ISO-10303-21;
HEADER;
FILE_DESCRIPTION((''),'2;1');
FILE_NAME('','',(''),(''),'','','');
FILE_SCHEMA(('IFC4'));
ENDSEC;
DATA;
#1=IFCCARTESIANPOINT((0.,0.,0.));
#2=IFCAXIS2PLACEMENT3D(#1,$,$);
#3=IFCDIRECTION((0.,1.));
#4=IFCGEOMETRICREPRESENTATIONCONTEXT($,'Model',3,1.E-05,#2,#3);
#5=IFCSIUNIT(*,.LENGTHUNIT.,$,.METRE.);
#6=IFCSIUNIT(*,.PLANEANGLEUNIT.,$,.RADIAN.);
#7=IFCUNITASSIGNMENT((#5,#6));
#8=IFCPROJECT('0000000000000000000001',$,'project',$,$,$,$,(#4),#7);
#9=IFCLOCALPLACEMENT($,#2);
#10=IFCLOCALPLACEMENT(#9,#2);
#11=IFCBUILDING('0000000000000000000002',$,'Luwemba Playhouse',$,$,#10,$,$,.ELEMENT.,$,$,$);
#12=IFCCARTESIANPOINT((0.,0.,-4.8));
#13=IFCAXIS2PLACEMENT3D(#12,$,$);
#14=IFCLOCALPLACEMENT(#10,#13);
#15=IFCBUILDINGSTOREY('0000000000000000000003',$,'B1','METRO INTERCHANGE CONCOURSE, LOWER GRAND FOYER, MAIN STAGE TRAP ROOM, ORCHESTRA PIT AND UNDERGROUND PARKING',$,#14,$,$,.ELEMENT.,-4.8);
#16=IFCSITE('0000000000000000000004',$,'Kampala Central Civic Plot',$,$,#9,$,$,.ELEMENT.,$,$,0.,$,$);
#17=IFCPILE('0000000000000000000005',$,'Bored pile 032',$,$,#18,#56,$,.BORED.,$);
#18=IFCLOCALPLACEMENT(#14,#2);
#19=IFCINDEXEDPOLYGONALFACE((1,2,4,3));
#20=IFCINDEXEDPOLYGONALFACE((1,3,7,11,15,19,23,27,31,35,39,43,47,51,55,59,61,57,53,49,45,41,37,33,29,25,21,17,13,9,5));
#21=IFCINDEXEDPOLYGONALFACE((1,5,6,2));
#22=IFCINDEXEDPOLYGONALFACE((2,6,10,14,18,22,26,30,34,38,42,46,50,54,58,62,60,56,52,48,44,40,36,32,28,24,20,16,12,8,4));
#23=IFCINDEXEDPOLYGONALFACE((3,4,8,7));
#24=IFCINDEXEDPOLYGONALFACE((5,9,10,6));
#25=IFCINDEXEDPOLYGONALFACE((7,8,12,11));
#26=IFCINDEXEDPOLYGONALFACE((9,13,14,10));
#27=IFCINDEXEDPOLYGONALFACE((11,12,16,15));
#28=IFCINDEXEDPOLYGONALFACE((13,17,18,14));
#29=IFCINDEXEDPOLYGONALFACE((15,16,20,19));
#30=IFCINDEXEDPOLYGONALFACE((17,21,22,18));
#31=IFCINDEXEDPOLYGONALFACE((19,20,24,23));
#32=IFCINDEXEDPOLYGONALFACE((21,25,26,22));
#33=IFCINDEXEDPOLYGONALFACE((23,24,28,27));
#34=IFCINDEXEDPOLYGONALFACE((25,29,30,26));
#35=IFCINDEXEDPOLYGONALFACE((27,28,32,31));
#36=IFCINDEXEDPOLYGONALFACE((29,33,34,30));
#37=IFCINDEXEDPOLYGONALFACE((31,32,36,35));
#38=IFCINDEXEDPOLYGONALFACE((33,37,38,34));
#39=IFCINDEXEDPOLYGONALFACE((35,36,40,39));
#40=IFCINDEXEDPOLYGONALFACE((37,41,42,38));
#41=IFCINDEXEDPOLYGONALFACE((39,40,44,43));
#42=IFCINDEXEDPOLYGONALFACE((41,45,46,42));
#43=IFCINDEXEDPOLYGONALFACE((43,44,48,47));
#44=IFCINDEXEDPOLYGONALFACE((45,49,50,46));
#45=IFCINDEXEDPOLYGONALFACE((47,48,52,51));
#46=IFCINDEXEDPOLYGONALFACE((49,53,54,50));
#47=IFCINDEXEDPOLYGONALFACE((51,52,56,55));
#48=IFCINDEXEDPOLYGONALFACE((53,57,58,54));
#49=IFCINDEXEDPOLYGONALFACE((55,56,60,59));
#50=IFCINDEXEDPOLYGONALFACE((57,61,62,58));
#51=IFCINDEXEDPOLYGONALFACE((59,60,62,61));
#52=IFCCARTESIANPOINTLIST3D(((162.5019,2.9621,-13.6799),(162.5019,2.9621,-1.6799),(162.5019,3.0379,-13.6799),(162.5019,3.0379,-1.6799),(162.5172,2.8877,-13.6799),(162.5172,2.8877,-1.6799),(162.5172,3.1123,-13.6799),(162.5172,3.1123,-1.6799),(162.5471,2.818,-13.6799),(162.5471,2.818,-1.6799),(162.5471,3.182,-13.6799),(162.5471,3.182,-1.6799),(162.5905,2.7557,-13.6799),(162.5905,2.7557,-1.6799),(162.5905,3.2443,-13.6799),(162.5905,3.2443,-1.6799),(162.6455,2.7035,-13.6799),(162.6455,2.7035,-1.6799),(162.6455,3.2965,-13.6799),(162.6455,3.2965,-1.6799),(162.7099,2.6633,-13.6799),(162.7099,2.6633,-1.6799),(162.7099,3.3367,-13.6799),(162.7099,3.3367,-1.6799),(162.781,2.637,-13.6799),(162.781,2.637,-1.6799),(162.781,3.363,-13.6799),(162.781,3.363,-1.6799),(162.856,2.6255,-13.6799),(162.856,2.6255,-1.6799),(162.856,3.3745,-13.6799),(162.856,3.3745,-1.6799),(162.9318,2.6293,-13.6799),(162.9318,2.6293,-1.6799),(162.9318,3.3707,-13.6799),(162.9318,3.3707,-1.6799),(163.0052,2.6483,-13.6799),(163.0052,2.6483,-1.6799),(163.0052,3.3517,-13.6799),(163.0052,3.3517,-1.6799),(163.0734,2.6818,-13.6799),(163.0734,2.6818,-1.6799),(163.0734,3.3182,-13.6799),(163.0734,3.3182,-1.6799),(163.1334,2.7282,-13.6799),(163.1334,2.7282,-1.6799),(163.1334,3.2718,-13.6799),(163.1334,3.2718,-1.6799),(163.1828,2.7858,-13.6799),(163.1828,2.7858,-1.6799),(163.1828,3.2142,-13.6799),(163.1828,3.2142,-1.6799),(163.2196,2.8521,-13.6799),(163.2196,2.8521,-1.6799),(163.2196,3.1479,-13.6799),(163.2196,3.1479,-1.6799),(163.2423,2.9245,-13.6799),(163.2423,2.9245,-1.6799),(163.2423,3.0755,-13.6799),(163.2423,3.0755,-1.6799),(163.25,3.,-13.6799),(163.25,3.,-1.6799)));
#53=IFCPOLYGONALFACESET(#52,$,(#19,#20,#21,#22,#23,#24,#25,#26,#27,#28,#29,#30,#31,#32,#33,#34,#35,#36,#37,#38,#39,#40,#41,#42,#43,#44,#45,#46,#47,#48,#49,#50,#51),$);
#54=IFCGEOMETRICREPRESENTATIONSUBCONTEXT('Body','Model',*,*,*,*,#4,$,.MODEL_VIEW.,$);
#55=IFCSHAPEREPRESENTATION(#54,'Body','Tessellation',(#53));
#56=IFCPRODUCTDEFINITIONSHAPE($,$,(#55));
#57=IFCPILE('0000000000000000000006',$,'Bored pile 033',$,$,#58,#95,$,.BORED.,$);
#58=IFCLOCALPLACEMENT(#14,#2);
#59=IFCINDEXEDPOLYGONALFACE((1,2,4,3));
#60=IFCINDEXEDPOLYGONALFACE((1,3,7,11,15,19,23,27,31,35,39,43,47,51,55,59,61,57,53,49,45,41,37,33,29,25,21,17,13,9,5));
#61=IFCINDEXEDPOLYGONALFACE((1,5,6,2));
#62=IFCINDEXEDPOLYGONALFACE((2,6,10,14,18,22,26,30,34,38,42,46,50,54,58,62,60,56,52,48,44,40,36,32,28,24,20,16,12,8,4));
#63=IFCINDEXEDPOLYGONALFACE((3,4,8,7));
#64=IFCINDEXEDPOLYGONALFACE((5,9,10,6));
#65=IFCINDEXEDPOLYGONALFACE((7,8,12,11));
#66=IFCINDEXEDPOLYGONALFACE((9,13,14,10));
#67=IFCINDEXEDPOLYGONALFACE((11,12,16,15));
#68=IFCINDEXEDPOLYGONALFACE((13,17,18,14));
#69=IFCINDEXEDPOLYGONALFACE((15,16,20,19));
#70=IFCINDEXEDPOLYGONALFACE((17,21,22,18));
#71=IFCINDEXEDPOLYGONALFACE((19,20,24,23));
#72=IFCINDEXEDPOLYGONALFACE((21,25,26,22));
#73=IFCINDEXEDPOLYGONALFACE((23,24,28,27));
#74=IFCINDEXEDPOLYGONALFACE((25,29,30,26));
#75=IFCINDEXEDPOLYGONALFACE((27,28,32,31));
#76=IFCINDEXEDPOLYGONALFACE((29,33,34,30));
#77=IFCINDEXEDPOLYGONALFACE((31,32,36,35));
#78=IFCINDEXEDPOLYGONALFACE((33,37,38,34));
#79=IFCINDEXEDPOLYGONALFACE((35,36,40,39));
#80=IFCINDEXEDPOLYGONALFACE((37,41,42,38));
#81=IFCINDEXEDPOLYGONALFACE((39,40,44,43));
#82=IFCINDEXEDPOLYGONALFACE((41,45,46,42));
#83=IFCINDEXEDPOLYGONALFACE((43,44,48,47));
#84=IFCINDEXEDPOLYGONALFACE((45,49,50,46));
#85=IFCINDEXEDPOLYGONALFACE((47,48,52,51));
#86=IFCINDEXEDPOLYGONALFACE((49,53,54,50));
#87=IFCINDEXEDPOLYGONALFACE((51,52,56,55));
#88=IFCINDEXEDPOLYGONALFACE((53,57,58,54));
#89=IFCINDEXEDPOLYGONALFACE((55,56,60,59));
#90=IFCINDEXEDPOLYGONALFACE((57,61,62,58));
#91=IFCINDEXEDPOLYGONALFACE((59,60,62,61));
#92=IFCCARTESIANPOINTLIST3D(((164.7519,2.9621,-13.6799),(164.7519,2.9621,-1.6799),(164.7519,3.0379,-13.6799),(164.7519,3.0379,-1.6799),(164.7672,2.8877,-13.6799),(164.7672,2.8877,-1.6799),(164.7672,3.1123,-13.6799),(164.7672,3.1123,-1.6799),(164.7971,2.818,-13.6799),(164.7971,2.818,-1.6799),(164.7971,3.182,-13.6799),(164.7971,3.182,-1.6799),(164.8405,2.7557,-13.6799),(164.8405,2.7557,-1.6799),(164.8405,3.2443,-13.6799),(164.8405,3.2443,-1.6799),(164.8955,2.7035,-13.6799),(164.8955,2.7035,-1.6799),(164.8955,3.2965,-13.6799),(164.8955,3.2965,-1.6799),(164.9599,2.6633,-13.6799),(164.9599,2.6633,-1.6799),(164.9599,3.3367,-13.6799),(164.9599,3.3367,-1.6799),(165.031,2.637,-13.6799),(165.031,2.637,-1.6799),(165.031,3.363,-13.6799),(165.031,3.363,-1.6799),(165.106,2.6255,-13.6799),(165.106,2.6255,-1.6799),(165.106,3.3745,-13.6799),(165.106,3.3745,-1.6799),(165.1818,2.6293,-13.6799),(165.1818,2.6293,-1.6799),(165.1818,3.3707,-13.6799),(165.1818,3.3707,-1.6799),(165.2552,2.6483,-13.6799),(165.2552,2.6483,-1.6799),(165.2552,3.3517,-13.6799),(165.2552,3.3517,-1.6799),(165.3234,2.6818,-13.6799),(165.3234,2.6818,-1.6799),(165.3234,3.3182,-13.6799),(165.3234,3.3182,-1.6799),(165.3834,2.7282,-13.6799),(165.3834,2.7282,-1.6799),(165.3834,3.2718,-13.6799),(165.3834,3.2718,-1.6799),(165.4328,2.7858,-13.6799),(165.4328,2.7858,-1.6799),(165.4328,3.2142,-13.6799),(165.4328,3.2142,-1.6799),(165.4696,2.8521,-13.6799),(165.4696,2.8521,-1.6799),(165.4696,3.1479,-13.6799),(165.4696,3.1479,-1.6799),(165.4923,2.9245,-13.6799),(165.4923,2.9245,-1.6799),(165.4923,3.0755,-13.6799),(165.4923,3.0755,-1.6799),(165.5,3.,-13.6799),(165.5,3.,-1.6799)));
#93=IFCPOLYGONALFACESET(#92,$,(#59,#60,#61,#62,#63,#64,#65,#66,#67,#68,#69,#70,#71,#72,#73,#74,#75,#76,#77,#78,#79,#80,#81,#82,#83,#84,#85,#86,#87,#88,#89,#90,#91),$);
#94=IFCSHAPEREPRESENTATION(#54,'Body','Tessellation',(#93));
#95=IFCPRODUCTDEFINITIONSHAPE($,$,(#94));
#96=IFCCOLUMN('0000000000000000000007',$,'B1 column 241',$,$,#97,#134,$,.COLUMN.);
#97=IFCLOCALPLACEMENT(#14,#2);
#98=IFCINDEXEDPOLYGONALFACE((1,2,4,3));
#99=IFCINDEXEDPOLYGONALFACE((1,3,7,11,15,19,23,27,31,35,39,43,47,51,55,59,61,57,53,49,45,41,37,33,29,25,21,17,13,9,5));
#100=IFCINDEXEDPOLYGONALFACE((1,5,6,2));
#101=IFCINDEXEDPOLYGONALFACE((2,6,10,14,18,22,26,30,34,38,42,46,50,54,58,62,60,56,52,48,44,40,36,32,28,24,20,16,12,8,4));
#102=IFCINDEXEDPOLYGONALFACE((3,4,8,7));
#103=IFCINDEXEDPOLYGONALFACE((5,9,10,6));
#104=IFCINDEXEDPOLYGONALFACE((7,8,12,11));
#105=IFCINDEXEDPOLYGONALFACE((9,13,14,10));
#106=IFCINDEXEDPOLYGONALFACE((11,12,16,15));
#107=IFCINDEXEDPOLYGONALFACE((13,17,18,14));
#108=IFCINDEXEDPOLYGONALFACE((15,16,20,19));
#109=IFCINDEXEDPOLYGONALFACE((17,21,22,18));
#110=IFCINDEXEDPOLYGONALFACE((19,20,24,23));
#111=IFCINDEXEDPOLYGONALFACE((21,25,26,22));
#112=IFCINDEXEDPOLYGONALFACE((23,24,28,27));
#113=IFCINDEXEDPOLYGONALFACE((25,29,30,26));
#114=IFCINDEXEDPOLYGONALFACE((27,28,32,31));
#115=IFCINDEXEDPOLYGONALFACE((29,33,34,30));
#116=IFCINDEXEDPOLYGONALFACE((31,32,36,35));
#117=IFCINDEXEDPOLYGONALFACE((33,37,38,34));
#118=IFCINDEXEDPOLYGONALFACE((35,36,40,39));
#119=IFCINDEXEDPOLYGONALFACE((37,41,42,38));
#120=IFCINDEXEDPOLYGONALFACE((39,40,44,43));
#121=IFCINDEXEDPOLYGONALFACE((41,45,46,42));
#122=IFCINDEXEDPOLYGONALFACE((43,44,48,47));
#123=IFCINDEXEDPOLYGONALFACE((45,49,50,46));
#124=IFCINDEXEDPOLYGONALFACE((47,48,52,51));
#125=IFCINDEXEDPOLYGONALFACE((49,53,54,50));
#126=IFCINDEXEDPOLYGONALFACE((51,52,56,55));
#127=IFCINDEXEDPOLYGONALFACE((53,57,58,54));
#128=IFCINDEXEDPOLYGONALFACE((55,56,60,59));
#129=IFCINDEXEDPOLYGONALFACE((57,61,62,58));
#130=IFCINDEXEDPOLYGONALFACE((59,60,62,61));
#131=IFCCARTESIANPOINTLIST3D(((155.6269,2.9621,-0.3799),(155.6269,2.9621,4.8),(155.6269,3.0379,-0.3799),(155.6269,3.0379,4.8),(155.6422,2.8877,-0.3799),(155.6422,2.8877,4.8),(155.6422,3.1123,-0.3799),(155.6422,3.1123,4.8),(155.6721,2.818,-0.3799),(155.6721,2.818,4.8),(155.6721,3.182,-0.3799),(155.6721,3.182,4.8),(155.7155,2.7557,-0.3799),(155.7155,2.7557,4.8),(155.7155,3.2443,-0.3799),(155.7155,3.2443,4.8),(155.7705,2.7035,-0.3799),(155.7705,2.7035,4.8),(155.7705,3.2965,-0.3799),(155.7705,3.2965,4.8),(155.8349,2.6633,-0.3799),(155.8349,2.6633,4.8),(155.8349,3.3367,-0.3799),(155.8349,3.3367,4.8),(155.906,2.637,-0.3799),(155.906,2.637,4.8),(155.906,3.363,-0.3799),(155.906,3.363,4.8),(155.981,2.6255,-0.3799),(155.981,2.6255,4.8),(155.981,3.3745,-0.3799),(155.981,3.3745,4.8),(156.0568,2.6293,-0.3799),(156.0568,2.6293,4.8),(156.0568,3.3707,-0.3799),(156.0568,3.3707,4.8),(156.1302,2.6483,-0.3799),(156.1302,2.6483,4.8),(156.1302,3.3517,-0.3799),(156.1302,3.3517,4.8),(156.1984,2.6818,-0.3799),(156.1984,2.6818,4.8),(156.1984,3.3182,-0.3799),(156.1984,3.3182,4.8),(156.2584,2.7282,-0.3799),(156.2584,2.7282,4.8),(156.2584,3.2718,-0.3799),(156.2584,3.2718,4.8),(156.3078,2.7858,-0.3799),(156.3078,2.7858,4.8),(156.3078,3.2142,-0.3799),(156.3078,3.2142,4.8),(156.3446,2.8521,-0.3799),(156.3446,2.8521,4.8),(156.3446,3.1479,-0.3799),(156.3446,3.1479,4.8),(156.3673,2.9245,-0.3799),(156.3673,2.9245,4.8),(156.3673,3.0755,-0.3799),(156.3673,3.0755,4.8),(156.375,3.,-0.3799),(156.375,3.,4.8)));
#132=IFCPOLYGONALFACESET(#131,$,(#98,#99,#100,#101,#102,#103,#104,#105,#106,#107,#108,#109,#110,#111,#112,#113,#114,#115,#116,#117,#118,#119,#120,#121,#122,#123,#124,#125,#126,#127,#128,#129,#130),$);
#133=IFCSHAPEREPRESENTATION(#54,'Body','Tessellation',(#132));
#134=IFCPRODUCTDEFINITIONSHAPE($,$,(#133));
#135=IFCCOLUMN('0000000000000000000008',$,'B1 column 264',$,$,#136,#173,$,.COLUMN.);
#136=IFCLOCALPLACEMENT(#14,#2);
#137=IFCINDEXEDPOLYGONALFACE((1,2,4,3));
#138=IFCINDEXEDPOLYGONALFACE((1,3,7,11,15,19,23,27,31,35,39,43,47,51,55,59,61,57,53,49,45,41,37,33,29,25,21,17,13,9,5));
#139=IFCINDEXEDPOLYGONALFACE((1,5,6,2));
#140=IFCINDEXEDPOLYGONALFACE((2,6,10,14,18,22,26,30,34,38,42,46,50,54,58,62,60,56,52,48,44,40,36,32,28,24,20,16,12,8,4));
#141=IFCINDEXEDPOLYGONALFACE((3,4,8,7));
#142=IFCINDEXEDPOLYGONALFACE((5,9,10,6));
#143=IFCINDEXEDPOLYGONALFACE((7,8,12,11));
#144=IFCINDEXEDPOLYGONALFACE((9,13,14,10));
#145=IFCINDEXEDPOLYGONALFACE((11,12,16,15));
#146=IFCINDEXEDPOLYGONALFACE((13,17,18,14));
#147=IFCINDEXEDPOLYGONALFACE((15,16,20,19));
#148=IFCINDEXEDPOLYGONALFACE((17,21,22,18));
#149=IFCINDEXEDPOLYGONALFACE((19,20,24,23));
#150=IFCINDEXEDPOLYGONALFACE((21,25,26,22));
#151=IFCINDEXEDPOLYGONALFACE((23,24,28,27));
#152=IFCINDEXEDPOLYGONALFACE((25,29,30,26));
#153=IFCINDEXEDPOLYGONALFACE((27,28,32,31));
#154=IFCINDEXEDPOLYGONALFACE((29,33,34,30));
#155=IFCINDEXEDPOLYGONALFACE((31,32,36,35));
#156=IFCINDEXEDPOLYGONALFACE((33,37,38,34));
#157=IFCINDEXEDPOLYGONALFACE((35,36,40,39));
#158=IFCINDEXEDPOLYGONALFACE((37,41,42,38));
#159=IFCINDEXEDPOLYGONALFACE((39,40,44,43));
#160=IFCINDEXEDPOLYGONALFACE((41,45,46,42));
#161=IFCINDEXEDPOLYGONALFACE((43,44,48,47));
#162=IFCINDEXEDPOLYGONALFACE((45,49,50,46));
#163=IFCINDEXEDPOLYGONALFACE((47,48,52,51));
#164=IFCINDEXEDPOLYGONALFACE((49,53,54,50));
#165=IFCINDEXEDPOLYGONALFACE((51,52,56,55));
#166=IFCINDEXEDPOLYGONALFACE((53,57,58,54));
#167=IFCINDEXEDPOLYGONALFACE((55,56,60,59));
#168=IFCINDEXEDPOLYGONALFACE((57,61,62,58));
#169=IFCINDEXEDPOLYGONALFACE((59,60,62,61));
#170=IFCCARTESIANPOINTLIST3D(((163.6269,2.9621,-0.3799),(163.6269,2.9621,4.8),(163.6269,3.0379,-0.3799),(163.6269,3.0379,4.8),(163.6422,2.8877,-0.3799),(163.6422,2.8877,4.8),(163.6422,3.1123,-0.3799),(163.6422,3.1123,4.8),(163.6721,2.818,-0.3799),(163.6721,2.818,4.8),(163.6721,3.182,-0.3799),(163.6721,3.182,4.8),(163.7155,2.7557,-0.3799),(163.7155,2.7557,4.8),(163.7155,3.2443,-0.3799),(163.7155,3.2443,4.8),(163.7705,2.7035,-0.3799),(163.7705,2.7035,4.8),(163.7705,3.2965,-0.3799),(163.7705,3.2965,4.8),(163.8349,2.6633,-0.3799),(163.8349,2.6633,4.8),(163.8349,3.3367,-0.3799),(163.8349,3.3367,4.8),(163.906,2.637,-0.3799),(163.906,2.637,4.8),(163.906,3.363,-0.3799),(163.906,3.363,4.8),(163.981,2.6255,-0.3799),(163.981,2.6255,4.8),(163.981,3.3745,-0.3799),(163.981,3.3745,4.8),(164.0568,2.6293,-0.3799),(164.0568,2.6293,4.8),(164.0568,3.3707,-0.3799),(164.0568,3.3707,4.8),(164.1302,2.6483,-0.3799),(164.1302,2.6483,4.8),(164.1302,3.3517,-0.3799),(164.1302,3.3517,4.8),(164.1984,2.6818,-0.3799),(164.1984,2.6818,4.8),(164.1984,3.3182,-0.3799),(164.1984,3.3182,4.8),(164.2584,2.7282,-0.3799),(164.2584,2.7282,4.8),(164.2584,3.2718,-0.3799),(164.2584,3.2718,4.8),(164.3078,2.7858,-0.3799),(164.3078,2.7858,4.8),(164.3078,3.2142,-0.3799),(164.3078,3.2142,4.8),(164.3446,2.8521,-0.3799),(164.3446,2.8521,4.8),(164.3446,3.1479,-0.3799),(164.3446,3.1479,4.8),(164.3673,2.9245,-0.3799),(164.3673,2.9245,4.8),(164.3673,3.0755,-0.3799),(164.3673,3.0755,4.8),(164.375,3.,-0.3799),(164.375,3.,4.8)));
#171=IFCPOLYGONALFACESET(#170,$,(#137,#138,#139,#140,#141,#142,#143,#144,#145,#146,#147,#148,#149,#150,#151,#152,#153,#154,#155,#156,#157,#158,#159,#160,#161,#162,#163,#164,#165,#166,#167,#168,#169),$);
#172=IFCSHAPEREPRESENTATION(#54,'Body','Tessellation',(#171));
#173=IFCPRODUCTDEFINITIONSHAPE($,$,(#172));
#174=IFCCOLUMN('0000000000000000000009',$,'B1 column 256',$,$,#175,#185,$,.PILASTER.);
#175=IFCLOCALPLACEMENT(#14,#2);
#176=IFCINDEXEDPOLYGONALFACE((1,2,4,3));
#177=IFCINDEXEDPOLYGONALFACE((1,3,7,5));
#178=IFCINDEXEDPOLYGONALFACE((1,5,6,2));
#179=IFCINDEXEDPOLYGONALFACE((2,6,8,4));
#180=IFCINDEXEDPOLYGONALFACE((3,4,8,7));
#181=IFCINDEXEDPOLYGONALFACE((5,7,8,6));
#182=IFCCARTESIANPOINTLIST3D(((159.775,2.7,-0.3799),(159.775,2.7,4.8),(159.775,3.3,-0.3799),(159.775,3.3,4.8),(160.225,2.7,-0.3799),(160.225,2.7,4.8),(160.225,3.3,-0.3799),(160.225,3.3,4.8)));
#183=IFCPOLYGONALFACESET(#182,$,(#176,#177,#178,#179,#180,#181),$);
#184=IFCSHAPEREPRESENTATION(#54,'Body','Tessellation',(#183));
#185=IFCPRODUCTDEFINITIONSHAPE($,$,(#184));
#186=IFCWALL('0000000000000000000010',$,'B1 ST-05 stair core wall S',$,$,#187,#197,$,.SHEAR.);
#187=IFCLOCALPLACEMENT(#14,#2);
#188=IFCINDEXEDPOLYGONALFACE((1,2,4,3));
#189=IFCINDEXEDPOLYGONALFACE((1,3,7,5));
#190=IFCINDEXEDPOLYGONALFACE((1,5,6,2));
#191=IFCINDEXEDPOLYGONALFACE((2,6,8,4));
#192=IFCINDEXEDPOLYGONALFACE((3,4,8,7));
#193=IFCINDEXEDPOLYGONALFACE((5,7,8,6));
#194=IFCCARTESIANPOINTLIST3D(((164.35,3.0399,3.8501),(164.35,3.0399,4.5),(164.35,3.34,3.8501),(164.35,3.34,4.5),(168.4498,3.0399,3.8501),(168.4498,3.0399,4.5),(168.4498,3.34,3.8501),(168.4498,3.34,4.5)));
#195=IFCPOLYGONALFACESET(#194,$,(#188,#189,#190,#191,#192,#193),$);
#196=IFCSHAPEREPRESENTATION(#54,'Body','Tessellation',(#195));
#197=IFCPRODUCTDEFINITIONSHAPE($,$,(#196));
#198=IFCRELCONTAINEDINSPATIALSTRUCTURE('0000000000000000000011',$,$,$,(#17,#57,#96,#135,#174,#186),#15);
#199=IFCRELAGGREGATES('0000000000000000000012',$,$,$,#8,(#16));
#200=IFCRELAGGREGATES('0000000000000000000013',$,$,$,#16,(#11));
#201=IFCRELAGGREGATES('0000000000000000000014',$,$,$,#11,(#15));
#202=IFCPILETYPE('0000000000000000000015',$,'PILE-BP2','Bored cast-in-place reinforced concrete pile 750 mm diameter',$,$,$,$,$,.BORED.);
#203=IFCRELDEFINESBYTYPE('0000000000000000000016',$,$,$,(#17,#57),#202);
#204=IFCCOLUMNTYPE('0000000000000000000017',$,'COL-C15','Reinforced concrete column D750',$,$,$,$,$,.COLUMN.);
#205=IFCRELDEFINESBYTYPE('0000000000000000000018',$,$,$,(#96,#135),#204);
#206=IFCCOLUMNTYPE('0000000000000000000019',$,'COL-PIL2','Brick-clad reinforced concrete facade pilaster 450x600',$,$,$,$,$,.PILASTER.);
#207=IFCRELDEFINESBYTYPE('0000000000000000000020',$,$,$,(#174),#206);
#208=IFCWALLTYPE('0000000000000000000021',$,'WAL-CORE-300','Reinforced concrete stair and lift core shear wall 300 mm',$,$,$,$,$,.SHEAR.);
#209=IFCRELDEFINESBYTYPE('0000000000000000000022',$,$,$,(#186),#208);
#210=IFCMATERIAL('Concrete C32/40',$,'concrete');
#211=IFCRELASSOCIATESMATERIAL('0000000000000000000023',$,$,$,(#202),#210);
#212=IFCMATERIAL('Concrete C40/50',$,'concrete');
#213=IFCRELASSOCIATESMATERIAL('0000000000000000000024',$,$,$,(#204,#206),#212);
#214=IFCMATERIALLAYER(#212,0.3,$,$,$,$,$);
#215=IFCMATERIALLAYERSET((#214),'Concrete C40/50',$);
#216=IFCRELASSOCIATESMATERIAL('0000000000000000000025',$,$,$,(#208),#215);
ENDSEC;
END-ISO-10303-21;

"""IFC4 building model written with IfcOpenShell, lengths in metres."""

from ifc_helpers import new_model, si_unit, direction, frame, frame_2d, origin, origin_2d, place, context, subcontext, project, spatial, rectangle, circle, extrude, material, layer, layer_set, material_profile, profile_set, type_object, element, save


model = new_model("IFC4")

# Units and contexts
model_context = context("Model", 3, precision=1e-05, world=origin(), true_north=direction((0.0, 1.0)))
body_context = subcontext(model_context, "Body", "Model", "MODEL_VIEW")
ifc_project = project(units=[si_unit("LENGTHUNIT", "METRE"), si_unit("PLANEANGLEUNIT", "RADIAN")], contexts=[model_context])

# Site, building, storey
site_placement = place(None, origin())
site = spatial("IfcSite", under=ifc_project, at=site_placement, Name="Kampala Central Civic Plot", CompositionType="ELEMENT", RefElevation=0.0)
building_placement = place(site_placement, origin())
building = spatial("IfcBuilding", under=site, at=building_placement, Name="Luwemba Playhouse", CompositionType="ELEMENT")
storey_placement = place(building_placement, frame((0.0, 0.0, -4.8)))
storey = spatial("IfcBuildingStorey", under=building, at=storey_placement, Name="B1", Description="METRO INTERCHANGE CONCOURSE, LOWER GRAND FOYER, MAIN STAGE TRAP ROOM, ORCHESTRA PIT AND UNDERGROUND PARKING", CompositionType="ELEMENT", Elevation=-4.8)

# Shared definitions
ifc_material_1 = material(Name="Concrete C32/40", Category="concrete")

# Piles
ifc_material_profile_1 = material_profile(ifc_material_1, circle(Radius=0.375, at=origin_2d()))
ifc_profile_set_1 = profile_set([ifc_material_profile_1], Name="Concrete C32/40")
pile_type_1 = type_object("IfcPileType", Name="PILE-BP2", Description="Bored cast-in-place reinforced concrete pile 750 mm diameter", PredefinedType="BORED", material=ifc_profile_set_1)
for number, where, z_axis, x_axis, name in (
    (1, (162.875, 3.0, -1.6799), (0.0, 0.0, -1.0), (1.0, 0.0, 0.0), "Bored pile 032"),
    (2, (165.125, 3.0, -1.6799), (0.0, 0.0, -1.0), (1.0, 0.0, 0.0), "Bored pile 033"),
):
    element("IfcPile", number, at=place(storey_placement, frame(where, z_axis=z_axis, x_axis=x_axis)), inside=storey, type_object=pile_type_1, Name=name, PredefinedType="BORED", context=body_context, shape_type="SweptSolid", body=[
        extrude(circle(Radius=0.375, at=origin_2d()), origin(), (0.0, 0.0, 1.0), 12.0),
    ])

# Columns
ifc_material_2 = material(Name="Concrete C40/50", Category="concrete")
ifc_material_profile_2 = material_profile(ifc_material_2, circle(Radius=0.375, at=origin_2d()))
ifc_profile_set_2 = profile_set([ifc_material_profile_2], Name="Concrete C40/50")
column_type_1 = type_object("IfcColumnType", Name="COL-C15", Description="Reinforced concrete column D750", PredefinedType="COLUMN", material=ifc_profile_set_2)
for number, where, z_axis, x_axis, name in (
    (3, (156.0, 3.0, -0.3799), (0.0, 0.0, 1.0), (1.0, 0.0, 0.0), "B1 column 241"),
    (4, (164.0, 3.0, -0.3799), (0.0, 0.0, 1.0), (1.0, 0.0, 0.0), "B1 column 264"),
):
    element("IfcColumn", number, at=place(storey_placement, frame(where, z_axis=z_axis, x_axis=x_axis)), inside=storey, type_object=column_type_1, Name=name, PredefinedType="COLUMN", context=body_context, shape_type="SweptSolid", body=[
        extrude(circle(Radius=0.375, at=origin_2d()), origin(), (0.0, 0.0, 1.0), 5.1799),
    ])
ifc_material_profile_3 = material_profile(ifc_material_2, rectangle(XDim=0.45, YDim=0.6001, at=origin_2d()))
ifc_profile_set_3 = profile_set([ifc_material_profile_3], Name="Concrete C40/50")
column_type_2 = type_object("IfcColumnType", Name="COL-PIL2", Description="Brick-clad reinforced concrete facade pilaster 450x600", PredefinedType="PILASTER", material=ifc_profile_set_3)
column_placement = place(storey_placement, frame((160.0, 3.0, -0.3799), z_axis=(0.0, 0.0, 1.0), x_axis=(1.0, 0.0, 0.0)))
element("IfcColumn", 5, at=column_placement, inside=storey, type_object=column_type_2, Name="B1 column 256", PredefinedType="PILASTER", context=body_context, shape_type="SweptSolid", body=[
    extrude(rectangle(XDim=0.45, YDim=0.6001, at=origin_2d()), origin(), (0.0, 0.0, 1.0), 5.1799),
])

# Wall
ifc_layer_1 = layer(ifc_material_2, 0.3)
ifc_layer_set_1 = layer_set([ifc_layer_1], Name="Concrete C40/50")
wall_type_1 = type_object("IfcWallType", Name="WAL-CORE-300", Description="Reinforced concrete stair and lift core shear wall 300 mm", PredefinedType="SHEAR", material=ifc_layer_set_1)
wall_1_placement = place(storey_placement, frame((164.3501, 3.1899, 3.8501), z_axis=(0.0, 0.0, 1.0), x_axis=(1.0, 0.0, 0.0)))
element("IfcWall", 6, at=wall_1_placement, inside=storey, type_object=wall_type_1, Name="B1 ST-05 stair core wall S", PredefinedType="SHEAR", context=body_context, shape_type="SweptSolid", body=[
    extrude(rectangle(XDim=4.0999, YDim=0.3, at=frame_2d((2.0498, 0.0))), origin(), (0.0, 0.0, 1.0), 0.6499),
])

save(model, "model.ifc")
